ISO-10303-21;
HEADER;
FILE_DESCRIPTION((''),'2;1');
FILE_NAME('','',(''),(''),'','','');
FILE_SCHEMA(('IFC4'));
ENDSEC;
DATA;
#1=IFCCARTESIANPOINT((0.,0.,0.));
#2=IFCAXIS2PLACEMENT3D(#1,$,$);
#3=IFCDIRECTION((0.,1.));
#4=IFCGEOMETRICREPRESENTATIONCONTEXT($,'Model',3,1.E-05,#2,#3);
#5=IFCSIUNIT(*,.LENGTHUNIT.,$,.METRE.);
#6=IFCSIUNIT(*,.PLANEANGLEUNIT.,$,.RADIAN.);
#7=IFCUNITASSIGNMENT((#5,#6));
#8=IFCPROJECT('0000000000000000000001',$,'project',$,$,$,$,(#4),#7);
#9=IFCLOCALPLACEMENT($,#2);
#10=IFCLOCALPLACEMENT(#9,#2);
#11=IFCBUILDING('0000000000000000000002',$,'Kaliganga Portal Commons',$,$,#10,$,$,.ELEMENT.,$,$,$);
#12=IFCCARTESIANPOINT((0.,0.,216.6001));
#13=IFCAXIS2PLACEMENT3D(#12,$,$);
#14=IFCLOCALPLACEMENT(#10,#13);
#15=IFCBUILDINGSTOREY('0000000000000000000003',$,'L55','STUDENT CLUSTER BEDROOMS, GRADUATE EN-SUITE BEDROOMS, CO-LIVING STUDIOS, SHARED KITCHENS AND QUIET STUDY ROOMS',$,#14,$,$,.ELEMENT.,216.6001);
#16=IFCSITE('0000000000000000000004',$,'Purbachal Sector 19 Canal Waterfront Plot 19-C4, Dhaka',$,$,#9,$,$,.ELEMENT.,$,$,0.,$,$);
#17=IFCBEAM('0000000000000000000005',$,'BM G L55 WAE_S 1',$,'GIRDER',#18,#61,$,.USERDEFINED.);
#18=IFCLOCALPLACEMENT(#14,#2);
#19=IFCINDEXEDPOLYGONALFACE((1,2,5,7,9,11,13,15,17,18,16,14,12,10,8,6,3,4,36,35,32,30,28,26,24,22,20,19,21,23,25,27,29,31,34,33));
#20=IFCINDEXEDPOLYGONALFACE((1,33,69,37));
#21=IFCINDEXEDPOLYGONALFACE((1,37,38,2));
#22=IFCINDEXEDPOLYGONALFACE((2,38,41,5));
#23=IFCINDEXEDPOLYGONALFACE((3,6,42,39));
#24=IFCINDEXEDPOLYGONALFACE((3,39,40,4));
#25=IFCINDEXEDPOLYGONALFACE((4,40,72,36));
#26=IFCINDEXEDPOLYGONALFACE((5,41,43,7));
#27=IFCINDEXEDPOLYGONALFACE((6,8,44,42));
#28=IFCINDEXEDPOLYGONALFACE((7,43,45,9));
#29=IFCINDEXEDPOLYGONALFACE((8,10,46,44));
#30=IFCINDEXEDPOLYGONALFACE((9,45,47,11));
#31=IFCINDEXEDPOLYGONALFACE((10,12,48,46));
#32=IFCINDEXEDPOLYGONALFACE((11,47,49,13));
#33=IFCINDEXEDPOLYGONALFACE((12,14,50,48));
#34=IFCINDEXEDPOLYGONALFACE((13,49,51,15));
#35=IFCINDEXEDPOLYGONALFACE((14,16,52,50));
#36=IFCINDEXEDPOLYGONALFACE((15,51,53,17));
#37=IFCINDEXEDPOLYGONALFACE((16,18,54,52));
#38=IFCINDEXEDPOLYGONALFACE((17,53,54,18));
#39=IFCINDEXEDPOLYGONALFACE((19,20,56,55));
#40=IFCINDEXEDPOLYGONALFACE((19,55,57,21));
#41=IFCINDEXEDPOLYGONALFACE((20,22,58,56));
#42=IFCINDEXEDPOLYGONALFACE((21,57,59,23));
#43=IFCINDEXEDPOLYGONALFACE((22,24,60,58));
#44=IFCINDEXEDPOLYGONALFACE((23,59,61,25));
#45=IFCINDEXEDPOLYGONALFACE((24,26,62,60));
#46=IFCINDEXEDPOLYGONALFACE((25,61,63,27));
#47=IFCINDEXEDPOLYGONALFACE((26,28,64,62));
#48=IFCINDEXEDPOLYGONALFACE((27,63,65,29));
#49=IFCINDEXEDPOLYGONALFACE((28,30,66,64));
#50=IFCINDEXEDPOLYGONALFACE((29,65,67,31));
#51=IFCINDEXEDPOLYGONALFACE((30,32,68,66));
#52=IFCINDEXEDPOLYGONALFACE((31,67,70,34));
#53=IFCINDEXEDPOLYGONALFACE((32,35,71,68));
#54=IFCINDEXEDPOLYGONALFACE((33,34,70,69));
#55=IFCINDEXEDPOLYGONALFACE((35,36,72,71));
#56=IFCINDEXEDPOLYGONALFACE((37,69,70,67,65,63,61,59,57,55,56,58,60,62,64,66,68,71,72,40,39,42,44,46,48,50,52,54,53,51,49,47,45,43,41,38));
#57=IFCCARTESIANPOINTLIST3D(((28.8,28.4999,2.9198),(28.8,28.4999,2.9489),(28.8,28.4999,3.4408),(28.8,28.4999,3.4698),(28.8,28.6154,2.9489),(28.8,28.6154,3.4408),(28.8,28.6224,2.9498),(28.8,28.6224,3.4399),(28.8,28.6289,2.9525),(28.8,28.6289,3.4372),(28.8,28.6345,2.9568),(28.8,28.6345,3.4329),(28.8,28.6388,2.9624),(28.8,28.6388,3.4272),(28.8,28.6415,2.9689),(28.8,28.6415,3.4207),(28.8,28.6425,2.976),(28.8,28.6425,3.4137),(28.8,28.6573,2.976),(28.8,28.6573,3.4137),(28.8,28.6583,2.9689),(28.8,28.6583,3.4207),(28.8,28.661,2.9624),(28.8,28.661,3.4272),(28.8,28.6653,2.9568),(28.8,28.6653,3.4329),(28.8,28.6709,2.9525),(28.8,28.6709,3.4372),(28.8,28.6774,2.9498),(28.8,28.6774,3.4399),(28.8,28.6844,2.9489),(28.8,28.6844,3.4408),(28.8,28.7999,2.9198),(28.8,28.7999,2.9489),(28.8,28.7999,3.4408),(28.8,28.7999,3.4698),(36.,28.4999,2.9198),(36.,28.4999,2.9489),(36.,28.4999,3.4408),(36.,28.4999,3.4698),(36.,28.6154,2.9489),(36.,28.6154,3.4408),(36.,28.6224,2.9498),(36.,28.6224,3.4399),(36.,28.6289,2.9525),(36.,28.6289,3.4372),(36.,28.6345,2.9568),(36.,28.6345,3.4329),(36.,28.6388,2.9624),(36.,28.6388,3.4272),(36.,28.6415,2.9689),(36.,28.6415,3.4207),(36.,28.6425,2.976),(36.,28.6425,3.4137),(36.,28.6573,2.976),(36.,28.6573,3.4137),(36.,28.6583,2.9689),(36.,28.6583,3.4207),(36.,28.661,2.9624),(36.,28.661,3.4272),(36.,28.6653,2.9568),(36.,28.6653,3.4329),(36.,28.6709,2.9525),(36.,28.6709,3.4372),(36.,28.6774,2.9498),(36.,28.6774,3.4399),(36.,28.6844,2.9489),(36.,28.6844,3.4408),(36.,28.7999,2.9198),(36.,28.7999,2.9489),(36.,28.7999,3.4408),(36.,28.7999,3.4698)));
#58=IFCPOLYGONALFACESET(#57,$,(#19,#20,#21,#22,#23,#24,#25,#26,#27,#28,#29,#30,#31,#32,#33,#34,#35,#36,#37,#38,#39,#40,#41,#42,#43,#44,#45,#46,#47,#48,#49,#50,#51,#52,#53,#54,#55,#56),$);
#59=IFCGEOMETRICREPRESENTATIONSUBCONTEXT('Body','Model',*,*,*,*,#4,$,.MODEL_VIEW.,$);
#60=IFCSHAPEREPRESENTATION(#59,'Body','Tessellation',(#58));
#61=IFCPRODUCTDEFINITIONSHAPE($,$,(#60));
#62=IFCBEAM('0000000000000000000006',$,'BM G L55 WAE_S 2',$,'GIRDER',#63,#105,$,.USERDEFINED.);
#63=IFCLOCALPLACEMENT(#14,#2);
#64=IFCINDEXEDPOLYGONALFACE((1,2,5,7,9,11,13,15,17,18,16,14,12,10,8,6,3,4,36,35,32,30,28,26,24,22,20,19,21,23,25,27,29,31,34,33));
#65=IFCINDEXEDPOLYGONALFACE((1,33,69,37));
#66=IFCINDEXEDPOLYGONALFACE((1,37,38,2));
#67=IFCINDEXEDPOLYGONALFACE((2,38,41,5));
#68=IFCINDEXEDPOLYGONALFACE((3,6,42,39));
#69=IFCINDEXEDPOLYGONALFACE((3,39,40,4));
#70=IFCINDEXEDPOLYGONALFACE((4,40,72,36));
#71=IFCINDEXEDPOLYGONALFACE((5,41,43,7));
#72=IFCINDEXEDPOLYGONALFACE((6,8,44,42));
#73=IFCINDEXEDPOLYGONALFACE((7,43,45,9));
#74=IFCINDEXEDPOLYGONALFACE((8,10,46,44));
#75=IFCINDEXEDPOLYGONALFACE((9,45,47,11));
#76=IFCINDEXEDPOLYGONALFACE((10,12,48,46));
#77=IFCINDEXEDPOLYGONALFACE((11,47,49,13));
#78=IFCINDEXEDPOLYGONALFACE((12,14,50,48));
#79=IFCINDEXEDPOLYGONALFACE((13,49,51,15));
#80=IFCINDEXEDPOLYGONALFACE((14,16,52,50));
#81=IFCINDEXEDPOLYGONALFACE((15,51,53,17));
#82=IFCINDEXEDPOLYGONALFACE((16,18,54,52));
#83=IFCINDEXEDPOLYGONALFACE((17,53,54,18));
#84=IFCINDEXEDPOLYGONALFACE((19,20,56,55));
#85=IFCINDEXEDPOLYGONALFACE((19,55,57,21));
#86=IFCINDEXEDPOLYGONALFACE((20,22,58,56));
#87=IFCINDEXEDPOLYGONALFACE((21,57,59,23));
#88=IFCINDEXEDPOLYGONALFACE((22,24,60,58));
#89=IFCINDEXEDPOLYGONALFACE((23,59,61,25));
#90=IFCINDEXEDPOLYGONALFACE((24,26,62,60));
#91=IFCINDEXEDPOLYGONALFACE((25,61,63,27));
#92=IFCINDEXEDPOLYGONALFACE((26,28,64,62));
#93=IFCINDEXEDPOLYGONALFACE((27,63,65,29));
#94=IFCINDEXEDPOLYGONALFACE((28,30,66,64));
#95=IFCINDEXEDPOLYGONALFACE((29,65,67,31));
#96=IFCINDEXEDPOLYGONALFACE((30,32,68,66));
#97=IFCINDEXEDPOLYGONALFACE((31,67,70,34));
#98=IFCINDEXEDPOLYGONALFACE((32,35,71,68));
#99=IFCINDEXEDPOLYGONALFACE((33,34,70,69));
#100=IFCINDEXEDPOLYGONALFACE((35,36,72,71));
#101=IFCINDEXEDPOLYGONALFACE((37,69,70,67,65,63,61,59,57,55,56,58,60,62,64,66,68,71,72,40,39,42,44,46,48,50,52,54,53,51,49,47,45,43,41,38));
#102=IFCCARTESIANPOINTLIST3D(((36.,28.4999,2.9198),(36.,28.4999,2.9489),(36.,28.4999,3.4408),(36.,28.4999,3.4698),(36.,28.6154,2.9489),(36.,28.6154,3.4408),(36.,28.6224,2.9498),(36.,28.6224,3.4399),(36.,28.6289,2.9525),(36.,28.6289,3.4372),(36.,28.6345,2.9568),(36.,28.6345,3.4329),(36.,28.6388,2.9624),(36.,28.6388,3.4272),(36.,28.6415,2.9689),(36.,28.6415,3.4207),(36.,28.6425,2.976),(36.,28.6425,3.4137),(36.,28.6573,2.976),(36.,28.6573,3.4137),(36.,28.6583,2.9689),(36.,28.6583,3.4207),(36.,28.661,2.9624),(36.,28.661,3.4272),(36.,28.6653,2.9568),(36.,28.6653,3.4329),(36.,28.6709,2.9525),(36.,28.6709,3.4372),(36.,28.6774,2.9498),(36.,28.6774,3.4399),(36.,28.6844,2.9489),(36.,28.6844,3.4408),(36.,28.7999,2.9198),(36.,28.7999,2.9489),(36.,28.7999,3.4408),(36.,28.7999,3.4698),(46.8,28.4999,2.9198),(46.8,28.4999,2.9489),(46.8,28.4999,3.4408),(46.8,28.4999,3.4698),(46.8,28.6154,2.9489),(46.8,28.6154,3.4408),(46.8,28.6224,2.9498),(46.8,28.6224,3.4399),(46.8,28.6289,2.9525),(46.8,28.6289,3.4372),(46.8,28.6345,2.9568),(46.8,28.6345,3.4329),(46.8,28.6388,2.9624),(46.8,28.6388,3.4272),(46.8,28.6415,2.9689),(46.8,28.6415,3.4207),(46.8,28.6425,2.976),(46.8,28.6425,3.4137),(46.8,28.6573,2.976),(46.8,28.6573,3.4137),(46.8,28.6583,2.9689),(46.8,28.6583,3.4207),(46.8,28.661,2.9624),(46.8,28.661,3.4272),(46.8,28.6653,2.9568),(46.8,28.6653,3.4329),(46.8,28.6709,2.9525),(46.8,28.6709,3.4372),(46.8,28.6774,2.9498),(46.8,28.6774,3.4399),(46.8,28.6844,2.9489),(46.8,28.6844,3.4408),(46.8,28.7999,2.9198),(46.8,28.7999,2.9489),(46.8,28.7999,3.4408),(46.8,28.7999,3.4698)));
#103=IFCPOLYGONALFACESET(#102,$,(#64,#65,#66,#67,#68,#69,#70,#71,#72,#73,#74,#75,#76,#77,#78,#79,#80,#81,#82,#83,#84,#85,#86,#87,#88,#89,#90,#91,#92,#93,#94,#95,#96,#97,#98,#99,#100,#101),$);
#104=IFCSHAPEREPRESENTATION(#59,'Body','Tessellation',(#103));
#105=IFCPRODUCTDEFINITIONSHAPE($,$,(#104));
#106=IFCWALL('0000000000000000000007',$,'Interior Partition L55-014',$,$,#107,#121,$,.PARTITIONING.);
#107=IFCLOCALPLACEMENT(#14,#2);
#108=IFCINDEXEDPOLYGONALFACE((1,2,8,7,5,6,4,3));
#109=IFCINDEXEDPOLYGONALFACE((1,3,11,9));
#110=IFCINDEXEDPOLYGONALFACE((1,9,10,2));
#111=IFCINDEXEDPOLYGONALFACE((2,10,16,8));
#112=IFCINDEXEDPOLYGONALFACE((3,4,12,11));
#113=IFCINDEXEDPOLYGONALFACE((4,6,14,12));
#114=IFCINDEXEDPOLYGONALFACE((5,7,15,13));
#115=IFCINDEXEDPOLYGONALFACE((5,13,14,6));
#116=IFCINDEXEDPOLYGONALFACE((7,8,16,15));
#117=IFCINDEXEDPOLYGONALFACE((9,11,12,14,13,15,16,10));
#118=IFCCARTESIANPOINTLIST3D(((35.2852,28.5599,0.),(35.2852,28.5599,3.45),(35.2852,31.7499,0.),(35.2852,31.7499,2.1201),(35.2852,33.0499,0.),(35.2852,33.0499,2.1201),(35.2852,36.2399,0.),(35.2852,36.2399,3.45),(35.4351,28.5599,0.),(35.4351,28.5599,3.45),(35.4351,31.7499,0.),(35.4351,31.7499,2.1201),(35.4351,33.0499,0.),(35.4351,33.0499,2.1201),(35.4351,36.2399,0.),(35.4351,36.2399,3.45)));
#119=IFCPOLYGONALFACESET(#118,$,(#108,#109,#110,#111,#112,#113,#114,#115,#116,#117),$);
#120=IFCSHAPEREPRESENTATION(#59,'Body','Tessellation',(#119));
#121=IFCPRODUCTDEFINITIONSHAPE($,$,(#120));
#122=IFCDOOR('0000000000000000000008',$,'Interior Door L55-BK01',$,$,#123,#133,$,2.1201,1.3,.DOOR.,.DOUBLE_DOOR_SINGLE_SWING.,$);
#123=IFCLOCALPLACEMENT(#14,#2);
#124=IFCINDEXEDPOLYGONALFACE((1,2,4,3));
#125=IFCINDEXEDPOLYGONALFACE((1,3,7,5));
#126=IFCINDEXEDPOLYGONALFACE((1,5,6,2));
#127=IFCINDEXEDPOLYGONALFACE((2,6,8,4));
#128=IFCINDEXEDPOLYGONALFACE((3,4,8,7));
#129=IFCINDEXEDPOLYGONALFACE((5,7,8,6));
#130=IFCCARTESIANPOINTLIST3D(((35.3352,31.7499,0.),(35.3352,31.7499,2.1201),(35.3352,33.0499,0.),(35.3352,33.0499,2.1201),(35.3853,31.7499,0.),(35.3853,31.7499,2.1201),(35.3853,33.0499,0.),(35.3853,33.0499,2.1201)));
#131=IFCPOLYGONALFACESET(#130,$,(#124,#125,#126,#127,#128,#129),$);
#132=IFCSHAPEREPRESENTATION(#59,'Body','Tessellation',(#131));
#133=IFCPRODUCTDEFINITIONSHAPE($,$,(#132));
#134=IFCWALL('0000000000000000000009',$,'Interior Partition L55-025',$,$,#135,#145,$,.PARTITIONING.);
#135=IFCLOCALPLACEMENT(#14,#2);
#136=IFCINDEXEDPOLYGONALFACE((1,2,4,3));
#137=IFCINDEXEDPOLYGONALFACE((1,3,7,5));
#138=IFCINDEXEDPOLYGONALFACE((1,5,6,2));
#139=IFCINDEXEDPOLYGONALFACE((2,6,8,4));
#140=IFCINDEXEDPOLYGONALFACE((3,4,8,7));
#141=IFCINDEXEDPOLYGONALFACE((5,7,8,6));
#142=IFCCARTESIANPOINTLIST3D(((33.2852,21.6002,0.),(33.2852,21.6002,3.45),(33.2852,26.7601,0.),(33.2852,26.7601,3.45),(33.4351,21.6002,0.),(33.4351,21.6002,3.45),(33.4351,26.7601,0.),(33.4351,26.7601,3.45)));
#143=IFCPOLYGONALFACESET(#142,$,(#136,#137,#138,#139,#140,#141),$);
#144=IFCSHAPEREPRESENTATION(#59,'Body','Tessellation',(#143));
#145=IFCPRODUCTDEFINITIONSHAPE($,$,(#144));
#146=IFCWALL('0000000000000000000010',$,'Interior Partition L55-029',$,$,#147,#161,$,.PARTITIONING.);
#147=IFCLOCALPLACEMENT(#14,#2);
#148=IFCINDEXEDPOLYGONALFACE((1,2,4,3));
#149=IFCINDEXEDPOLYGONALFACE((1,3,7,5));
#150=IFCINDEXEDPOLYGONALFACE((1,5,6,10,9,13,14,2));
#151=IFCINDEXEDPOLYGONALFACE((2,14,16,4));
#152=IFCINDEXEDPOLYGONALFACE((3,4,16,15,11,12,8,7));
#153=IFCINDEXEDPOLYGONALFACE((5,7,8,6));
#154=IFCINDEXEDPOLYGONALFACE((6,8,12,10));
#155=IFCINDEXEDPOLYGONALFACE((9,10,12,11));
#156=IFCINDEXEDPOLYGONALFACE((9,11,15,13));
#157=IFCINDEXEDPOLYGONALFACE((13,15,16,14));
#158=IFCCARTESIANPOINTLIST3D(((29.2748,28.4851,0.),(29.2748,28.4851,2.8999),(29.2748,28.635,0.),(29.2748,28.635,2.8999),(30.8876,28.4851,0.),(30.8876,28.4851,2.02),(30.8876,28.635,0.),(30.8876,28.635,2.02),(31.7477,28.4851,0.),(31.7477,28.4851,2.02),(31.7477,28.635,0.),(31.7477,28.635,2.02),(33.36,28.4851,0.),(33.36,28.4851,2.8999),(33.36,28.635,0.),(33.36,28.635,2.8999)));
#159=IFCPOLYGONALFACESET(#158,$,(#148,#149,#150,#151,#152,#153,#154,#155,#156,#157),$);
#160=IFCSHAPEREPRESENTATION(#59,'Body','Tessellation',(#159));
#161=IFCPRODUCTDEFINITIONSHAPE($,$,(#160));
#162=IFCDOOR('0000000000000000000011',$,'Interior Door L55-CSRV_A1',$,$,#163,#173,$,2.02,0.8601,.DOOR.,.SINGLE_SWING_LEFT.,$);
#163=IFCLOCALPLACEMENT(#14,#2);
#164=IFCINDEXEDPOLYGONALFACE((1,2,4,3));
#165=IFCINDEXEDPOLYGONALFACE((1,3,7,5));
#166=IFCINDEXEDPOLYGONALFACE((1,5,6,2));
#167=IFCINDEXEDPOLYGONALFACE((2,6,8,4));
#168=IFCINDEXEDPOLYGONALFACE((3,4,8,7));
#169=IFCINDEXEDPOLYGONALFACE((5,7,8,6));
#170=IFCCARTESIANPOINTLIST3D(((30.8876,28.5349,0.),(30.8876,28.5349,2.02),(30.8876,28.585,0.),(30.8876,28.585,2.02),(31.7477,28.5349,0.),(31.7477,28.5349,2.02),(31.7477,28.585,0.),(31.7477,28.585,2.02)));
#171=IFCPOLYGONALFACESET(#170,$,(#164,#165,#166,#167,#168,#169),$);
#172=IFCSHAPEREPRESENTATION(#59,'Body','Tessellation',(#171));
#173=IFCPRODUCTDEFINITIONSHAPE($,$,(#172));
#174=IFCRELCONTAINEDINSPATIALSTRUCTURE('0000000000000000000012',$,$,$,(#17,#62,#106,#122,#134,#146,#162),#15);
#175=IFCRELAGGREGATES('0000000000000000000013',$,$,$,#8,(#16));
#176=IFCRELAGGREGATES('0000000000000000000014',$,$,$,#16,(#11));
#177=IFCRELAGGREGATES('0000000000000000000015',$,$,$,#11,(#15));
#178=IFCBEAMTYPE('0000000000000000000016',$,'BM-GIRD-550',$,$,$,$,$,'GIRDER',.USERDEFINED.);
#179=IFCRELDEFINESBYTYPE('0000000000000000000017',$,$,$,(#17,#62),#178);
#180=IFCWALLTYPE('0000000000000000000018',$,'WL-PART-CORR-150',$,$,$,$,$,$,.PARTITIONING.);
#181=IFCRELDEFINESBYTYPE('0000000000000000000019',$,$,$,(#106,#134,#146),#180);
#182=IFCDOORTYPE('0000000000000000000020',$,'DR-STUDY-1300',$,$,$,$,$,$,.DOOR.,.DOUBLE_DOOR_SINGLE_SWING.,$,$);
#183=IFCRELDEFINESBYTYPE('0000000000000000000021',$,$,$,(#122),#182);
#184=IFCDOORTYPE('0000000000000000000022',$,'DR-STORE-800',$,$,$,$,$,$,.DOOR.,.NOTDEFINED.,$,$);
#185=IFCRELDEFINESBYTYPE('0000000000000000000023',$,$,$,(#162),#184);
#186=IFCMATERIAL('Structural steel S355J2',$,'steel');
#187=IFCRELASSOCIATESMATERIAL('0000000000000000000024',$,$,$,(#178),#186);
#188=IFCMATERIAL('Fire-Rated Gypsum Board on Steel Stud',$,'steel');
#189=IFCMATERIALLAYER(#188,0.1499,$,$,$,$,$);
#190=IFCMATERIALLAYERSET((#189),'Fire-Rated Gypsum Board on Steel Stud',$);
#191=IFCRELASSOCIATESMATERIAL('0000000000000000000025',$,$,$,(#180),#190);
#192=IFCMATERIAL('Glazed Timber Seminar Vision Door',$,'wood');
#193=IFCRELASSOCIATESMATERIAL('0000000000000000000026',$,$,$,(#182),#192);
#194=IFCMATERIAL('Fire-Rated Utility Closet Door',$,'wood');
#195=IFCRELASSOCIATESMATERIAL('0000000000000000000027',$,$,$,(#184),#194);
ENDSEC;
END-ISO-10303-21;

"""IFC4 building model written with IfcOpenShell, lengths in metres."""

from ifc_helpers import new_model, si_unit, direction, frame, frame_2d, origin, origin_2d, place, context, subcontext, project, spatial, rectangle, i_section, extrude, source, transform, mapped, material, layer, layer_set, material_profile, profile_set, type_object, element, fill, save


model = new_model("IFC4")

# Units and contexts
model_context = context("Model", 3, precision=1e-05, world=origin(), true_north=direction((0.0, 1.0)))
body_context = subcontext(model_context, "Body", "Model", "MODEL_VIEW")
ifc_project = project(units=[si_unit("LENGTHUNIT", "METRE"), si_unit("PLANEANGLEUNIT", "RADIAN")], contexts=[model_context])

# Site, building, storey
site_placement = place(None, origin())
site = spatial("IfcSite", under=ifc_project, at=site_placement, Name="Purbachal Sector 19 Canal Waterfront Plot 19-C4, Dhaka", CompositionType="ELEMENT", RefElevation=0.0)
building_placement = place(site_placement, origin())
building = spatial("IfcBuilding", under=site, at=building_placement, Name="Kaliganga Portal Commons", CompositionType="ELEMENT")
storey_placement = place(building_placement, frame((0.0, 0.0, 216.6001)))
storey = spatial("IfcBuildingStorey", under=building, at=storey_placement, Name="L55", Description="STUDENT CLUSTER BEDROOMS, GRADUATE EN-SUITE BEDROOMS, CO-LIVING STUDIOS, SHARED KITCHENS AND QUIET STUDY ROOMS", CompositionType="ELEMENT", Elevation=216.6001)

# Beams
ifc_material_1 = material(Name="Structural steel S355J2", Category="steel")
ifc_material_profile_1 = material_profile(ifc_material_1, i_section(OverallWidth=0.3, OverallDepth=0.55, WebThickness=0.0149, FlangeThickness=0.0291, FilletRadius=0.0271, at=origin_2d()), Name="HE 550 B")
ifc_profile_set_1 = profile_set([ifc_material_profile_1], Name="Structural steel S355J2 wide-flange")
beam_type_1 = type_object("IfcBeamType", Name="BM-GIRD-550", ElementType="GIRDER", PredefinedType="USERDEFINED", material=ifc_profile_set_1)
shared_shape_1 = source(origin(), body_context, "Body", "SweptSolid", [
    extrude(i_section(OverallWidth=0.3, OverallDepth=0.55, WebThickness=0.0149, FlangeThickness=0.0291, FilletRadius=0.0271, at=origin_2d()), origin(), (0.0, 0.0, 1.0), 7.2),
])
beam_1_placement = place(storey_placement, frame((28.8, 28.6499, 3.1948), z_axis=(1.0, 0.0, 0.0), x_axis=(0.0, 1.0, 0.0)))
element("IfcBeam", 1, at=beam_1_placement, inside=storey, type_object=beam_type_1, Name="BM G L55 WAE_S 1", ObjectType="GIRDER", PredefinedType="USERDEFINED", context=body_context, shape_type="MappedRepresentation", body=[
    mapped(shared_shape_1, transform((0.0, 0.0, 0.0), x_axis=(1.0, 0.0, 0.0), y_axis=(0.0, 1.0, 0.0), z_axis=(0.0, 0.0, 1.0), scale=1.0)),
])
shared_shape_2 = source(origin(), body_context, "Body", "SweptSolid", [
    extrude(i_section(OverallWidth=0.3, OverallDepth=0.55, WebThickness=0.0149, FlangeThickness=0.0291, FilletRadius=0.0271, at=origin_2d()), origin(), (0.0, 0.0, 1.0), 10.8),
])
beam_2_placement = place(storey_placement, frame((36.0, 28.6499, 3.1948), z_axis=(1.0, 0.0, 0.0), x_axis=(0.0, 1.0, 0.0)))
element("IfcBeam", 2, at=beam_2_placement, inside=storey, type_object=beam_type_1, Name="BM G L55 WAE_S 2", ObjectType="GIRDER", PredefinedType="USERDEFINED", context=body_context, shape_type="MappedRepresentation", body=[
    mapped(shared_shape_2, transform((0.0, 0.0, 0.0), x_axis=(1.0, 0.0, 0.0), y_axis=(0.0, 1.0, 0.0), z_axis=(0.0, 0.0, 1.0), scale=1.0)),
])

# Wall, opening, door
ifc_material_2 = material(Name="Fire-Rated Gypsum Board on Steel Stud", Category="steel")
ifc_layer_1 = layer(ifc_material_2, 0.1499)
ifc_layer_set_1 = layer_set([ifc_layer_1], Name="Fire-Rated Gypsum Board on Steel Stud")
wall_type_1 = type_object("IfcWallType", Name="WL-PART-CORR-150", PredefinedType="PARTITIONING", material=ifc_layer_set_1)
wall_1_placement = place(storey_placement, frame((35.3601, 28.5601, 0.0), z_axis=(0.0, 0.0, 1.0), x_axis=(0.0, 1.0, 0.0)))
wall_1 = element("IfcWall", 3, at=wall_1_placement, inside=storey, type_object=wall_type_1, Name="Interior Partition L55-014", PredefinedType="PARTITIONING", context=body_context, shape_type="SweptSolid", body=[
    extrude(rectangle(XDim=7.6799, YDim=0.1499, at=frame_2d((3.8398, 0.0))), origin(), (0.0, 0.0, 1.0), 3.45),
])
opening_1_placement = place(wall_1_placement, frame((3.1899, 0.0, 0.0)))
opening_1 = element("IfcOpeningElement", 4, at=opening_1_placement, cuts=wall_1, PredefinedType="OPENING", context=body_context, shape_type="SweptSolid", body=[
    extrude(rectangle(XDim=1.3, YDim=2.1201, at=frame_2d((0.6499, 1.0601))), frame((0.0, 0.085, 0.0), z_axis=(0.0, -1.0, 0.0), x_axis=(1.0, 0.0, 0.0)), (0.0, 0.0, 1.0), 0.1699),
])
ifc_material_3 = material(Name="Glazed Timber Seminar Vision Door", Category="wood")
door_type_1 = type_object("IfcDoorType", Name="DR-STUDY-1300", OperationType="DOUBLE_DOOR_SINGLE_SWING", PredefinedType="DOOR", material=ifc_material_3)
door_1_placement = place(opening_1_placement, origin())
door_1 = element("IfcDoor", 5, at=door_1_placement, inside=storey, type_object=door_type_1, Name="Interior Door L55-BK01", OperationType="DOUBLE_DOOR_SINGLE_SWING", OverallHeight=2.1201, OverallWidth=1.3, PredefinedType="DOOR", context=body_context, shape_type="SweptSolid", body=[
    extrude(rectangle(XDim=1.3, YDim=2.1201, at=frame_2d((0.6499, 1.0601))), frame((0.0, 0.0249, 0.0), z_axis=(0.0, -1.0, 0.0), x_axis=(1.0, 0.0, 0.0)), (0.0, 0.0, 1.0), 0.05),
])
fill(opening_1, door_1)

# Wall
wall_2_placement = place(storey_placement, frame((33.3601, 21.6001, 0.0), z_axis=(0.0, 0.0, 1.0), x_axis=(0.0, 1.0, 0.0)))
element("IfcWall", 6, at=wall_2_placement, inside=storey, type_object=wall_type_1, Name="Interior Partition L55-025", PredefinedType="PARTITIONING", context=body_context, shape_type="SweptSolid", body=[
    extrude(rectangle(XDim=5.1599, YDim=0.1499, at=frame_2d((2.5801, 0.0))), origin(), (0.0, 0.0, 1.0), 3.45),
])

# Wall, opening, door
wall_3_placement = place(storey_placement, frame((29.2749, 28.5601, 0.0), z_axis=(0.0, 0.0, 1.0), x_axis=(1.0, 0.0, 0.0)))
wall_3 = element("IfcWall", 7, at=wall_3_placement, inside=storey, type_object=wall_type_1, Name="Interior Partition L55-029", PredefinedType="PARTITIONING", context=body_context, shape_type="SweptSolid", body=[
    extrude(rectangle(XDim=4.0852, YDim=0.1499, at=frame_2d((2.0425, 0.0))), origin(), (0.0, 0.0, 1.0), 2.8999),
])
opening_2_placement = place(wall_3_placement, frame((1.6125, 0.0, 0.0)))
opening_2 = element("IfcOpeningElement", 8, at=opening_2_placement, cuts=wall_3, PredefinedType="OPENING", context=body_context, shape_type="SweptSolid", body=[
    extrude(rectangle(XDim=0.8601, YDim=2.02, at=frame_2d((0.4302, 1.01))), frame((0.0, 0.085, 0.0), z_axis=(0.0, -1.0, 0.0), x_axis=(1.0, 0.0, 0.0)), (0.0, 0.0, 1.0), 0.1699),
])
ifc_material_4 = material(Name="Fire-Rated Utility Closet Door", Category="wood")
door_type_2 = type_object("IfcDoorType", Name="DR-STORE-800", OperationType="NOTDEFINED", PredefinedType="DOOR", material=ifc_material_4)
door_2_placement = place(opening_2_placement, origin())
door_2 = element("IfcDoor", 9, at=door_2_placement, inside=storey, type_object=door_type_2, Name="Interior Door L55-CSRV_A1", OperationType="SINGLE_SWING_LEFT", OverallHeight=2.02, OverallWidth=0.8601, PredefinedType="DOOR", context=body_context, shape_type="SweptSolid", body=[
    extrude(rectangle(XDim=0.8601, YDim=2.02, at=frame_2d((0.4302, 1.01))), frame((0.0, 0.0249, 0.0), z_axis=(0.0, -1.0, 0.0), x_axis=(1.0, 0.0, 0.0)), (0.0, 0.0, 1.0), 0.05),
])
fill(opening_2, door_2)

save(model, "model.ifc")
